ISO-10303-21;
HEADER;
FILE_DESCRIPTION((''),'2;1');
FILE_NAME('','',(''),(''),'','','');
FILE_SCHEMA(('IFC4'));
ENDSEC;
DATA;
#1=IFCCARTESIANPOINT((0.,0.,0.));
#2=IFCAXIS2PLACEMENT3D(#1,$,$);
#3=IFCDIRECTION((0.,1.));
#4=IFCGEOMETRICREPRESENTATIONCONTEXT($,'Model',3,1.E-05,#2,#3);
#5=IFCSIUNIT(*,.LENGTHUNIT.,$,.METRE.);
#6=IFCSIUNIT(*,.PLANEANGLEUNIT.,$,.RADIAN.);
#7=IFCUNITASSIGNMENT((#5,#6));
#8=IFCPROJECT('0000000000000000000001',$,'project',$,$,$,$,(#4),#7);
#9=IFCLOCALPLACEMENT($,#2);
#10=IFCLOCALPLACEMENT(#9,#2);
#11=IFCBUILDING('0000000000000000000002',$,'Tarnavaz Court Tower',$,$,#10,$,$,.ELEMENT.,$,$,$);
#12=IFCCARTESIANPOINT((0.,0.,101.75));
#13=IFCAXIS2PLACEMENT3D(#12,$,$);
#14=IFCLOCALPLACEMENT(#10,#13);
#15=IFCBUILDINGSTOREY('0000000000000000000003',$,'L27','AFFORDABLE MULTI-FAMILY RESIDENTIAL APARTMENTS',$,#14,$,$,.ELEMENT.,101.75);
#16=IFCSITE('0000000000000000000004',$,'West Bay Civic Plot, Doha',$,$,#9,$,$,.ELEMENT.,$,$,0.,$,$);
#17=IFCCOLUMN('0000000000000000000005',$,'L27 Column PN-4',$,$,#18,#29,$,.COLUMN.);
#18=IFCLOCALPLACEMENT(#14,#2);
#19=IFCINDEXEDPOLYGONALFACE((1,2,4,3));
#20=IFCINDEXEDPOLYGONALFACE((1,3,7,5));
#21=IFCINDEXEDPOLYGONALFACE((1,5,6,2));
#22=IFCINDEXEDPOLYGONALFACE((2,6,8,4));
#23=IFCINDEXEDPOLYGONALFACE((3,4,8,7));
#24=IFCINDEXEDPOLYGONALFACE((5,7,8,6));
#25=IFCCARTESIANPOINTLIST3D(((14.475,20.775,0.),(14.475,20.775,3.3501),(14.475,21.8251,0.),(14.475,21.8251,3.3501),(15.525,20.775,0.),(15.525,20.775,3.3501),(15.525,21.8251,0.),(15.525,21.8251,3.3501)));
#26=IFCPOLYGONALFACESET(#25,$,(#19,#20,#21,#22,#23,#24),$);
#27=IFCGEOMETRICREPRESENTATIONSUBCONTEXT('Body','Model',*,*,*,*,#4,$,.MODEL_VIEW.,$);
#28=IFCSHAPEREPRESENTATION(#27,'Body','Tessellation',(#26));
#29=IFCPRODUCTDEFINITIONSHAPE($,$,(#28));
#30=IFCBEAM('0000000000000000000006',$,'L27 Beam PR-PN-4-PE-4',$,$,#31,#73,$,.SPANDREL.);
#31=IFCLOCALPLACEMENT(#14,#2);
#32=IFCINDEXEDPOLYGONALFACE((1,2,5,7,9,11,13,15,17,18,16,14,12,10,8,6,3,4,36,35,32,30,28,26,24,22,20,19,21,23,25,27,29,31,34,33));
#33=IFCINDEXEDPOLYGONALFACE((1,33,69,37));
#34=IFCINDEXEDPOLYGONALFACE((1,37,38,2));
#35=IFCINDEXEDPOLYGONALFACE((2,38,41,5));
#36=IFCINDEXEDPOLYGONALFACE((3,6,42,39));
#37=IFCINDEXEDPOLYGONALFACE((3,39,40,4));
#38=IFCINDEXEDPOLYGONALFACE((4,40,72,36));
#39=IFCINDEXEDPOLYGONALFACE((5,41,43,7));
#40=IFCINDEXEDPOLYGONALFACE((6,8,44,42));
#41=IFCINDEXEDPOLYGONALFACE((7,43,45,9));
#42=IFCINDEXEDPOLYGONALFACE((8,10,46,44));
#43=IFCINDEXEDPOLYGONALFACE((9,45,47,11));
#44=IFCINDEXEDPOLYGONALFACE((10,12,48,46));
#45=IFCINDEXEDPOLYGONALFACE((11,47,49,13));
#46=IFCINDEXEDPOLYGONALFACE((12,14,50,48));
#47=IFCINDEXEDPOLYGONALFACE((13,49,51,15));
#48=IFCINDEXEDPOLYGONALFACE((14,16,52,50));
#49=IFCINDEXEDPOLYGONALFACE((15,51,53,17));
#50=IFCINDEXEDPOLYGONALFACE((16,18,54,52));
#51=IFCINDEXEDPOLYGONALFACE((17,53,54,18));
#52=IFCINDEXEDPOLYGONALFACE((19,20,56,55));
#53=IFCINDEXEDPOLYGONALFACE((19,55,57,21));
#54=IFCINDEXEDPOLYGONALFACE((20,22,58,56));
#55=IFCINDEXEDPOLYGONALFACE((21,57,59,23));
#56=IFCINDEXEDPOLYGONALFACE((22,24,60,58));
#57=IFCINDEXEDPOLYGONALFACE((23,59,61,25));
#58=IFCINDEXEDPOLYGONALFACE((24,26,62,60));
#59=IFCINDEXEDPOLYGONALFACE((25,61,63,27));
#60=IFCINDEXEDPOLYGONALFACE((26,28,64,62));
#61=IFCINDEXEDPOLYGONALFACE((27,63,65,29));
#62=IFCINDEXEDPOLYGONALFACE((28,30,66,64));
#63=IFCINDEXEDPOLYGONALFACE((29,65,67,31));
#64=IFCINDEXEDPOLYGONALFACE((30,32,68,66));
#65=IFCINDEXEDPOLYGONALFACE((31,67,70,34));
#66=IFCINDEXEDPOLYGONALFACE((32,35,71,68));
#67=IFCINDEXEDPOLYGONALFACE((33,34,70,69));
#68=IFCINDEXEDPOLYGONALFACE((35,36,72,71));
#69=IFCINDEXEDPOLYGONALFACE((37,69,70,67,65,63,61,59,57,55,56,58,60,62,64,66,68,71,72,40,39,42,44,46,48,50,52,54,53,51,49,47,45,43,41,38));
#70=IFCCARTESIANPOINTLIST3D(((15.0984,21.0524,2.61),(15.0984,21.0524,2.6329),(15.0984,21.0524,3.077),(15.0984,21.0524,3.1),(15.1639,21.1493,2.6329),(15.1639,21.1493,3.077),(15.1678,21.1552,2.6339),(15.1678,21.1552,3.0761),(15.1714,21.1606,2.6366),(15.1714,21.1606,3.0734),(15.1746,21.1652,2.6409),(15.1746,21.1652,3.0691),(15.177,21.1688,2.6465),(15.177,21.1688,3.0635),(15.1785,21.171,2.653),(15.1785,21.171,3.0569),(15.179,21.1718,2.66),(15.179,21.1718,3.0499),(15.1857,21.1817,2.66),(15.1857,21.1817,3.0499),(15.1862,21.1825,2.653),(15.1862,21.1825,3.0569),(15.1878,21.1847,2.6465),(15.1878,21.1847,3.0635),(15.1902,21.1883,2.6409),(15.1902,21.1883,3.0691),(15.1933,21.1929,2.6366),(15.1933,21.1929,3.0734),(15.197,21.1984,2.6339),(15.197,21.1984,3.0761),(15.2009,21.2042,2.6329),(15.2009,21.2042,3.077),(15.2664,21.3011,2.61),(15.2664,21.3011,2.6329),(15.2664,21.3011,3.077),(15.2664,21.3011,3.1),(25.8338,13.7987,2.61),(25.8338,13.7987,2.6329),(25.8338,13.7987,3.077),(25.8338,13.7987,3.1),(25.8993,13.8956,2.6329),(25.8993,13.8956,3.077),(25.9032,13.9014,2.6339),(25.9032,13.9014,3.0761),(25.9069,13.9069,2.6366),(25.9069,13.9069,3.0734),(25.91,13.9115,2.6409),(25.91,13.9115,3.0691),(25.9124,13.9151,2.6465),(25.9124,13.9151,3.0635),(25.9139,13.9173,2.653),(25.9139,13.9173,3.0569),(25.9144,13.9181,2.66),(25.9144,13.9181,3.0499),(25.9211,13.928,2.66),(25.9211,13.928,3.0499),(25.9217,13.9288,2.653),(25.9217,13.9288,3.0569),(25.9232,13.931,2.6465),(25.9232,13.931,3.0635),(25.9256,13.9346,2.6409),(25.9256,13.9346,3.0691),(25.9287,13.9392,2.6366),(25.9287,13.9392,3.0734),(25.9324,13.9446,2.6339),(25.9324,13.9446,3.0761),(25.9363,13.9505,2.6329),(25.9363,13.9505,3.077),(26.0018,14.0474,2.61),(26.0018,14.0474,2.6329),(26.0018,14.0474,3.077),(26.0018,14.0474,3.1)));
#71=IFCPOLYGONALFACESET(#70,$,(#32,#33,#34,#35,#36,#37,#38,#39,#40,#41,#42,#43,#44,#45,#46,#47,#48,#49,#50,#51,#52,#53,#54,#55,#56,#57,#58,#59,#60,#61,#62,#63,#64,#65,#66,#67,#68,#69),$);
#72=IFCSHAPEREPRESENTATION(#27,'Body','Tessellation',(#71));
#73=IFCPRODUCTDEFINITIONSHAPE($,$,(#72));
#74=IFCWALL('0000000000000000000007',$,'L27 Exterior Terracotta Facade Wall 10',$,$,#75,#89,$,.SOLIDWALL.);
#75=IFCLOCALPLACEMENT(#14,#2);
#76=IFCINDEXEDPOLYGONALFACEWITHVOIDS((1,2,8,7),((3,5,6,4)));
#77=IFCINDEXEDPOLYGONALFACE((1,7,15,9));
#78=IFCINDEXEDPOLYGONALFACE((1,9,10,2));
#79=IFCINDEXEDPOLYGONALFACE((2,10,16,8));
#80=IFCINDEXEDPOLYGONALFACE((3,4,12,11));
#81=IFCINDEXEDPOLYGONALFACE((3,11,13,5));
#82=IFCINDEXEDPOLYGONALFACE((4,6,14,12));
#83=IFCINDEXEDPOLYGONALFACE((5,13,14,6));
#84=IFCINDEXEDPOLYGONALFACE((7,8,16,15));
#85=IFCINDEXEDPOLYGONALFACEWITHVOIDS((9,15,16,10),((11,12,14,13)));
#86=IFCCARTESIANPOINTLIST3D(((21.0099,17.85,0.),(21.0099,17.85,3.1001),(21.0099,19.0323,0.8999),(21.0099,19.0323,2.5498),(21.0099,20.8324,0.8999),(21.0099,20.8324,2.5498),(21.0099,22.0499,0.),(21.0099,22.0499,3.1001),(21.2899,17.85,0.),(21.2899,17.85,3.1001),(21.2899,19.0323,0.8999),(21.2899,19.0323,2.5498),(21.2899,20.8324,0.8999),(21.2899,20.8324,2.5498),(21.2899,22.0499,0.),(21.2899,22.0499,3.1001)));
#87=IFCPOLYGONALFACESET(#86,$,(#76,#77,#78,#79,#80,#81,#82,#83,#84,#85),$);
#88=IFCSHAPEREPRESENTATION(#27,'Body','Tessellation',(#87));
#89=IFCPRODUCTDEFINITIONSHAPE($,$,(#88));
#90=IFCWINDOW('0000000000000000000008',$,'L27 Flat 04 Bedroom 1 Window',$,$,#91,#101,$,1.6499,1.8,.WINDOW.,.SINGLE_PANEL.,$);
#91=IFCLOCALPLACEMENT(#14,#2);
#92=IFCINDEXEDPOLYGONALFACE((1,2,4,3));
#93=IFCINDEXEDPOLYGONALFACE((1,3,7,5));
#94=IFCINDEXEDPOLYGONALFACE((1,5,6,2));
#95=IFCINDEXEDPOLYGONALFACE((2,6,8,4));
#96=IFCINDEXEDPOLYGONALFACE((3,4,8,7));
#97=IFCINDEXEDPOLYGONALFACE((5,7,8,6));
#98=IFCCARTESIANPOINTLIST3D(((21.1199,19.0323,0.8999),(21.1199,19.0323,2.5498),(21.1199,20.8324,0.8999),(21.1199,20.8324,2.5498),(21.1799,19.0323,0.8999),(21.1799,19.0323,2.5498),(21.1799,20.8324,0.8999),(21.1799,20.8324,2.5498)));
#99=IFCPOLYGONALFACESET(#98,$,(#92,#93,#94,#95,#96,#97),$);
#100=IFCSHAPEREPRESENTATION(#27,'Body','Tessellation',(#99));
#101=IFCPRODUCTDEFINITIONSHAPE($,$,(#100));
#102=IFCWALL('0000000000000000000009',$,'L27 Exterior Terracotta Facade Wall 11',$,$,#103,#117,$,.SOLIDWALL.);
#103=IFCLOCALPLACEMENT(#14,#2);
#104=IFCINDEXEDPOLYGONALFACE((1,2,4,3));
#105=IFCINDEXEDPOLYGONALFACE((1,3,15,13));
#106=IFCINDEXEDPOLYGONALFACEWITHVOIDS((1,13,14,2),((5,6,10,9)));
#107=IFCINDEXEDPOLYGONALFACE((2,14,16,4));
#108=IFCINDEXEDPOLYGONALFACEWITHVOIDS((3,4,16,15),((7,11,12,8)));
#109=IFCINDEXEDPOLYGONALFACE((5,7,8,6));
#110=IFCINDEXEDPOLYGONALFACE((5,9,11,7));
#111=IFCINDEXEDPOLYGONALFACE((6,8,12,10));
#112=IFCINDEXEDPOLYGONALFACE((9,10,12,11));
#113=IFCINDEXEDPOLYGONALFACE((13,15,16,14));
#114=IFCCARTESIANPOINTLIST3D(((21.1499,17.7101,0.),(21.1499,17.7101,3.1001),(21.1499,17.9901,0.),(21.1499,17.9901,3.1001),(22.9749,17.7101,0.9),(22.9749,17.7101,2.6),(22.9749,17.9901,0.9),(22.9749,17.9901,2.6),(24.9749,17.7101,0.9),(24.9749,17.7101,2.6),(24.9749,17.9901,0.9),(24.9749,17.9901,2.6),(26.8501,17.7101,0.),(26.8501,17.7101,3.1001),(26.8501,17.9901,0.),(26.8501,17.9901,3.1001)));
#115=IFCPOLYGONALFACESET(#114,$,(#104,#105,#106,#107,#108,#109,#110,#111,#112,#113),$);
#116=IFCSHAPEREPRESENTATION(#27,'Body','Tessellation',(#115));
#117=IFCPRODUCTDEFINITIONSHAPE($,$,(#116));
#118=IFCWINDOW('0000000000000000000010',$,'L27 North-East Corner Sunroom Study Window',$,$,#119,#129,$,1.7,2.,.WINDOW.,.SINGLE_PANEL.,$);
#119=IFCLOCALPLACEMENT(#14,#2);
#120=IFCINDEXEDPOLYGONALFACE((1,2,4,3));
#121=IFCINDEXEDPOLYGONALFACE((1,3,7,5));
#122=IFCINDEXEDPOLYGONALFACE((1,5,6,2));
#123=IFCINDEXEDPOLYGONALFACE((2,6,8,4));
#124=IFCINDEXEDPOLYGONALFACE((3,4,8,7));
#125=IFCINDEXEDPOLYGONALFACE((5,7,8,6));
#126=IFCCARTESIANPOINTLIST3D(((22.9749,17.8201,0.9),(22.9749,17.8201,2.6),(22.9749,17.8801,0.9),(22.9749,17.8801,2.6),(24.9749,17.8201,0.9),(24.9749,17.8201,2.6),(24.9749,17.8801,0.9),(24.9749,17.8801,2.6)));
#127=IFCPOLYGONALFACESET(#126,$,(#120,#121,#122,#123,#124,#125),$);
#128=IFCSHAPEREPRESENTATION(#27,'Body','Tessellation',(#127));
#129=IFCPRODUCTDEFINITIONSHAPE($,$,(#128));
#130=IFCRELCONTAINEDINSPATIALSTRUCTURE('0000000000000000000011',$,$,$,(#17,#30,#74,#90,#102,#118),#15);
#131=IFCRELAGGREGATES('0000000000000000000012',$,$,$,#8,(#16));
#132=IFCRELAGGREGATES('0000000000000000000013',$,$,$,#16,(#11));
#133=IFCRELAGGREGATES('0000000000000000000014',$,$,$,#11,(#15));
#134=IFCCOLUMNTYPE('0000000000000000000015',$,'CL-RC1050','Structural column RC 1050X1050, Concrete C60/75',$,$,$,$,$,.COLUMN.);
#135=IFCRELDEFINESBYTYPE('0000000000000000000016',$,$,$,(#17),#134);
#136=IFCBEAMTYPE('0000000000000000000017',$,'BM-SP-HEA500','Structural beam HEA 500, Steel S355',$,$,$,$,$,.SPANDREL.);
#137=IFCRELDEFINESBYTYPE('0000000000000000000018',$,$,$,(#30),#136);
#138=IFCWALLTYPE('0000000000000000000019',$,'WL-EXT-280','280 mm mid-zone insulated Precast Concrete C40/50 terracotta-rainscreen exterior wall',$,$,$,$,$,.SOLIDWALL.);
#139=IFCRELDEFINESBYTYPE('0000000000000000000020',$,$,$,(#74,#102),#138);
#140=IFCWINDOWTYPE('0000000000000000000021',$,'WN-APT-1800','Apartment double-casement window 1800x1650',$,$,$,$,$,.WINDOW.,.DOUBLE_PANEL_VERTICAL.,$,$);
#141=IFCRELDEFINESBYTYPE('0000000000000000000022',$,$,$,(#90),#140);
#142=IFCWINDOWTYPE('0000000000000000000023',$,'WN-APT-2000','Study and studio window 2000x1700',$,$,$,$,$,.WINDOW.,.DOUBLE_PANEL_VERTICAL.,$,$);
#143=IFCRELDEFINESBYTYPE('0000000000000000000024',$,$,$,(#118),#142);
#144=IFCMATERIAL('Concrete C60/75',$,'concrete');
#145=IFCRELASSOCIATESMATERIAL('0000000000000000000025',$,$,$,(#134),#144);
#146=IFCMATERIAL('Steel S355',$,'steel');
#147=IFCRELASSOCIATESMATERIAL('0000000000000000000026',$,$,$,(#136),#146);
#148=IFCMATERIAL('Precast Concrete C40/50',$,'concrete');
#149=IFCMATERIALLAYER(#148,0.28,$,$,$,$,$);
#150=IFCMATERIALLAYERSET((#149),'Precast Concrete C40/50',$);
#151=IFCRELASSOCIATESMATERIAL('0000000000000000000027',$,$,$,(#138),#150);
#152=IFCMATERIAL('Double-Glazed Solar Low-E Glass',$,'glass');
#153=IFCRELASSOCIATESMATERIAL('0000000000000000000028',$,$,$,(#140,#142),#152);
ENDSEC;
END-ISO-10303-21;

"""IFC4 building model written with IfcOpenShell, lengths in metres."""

from ifc_helpers import new_model, si_unit, direction, frame, frame_2d, origin, origin_2d, place, context, subcontext, project, spatial, rectangle, i_section, extrude, material, layer, layer_set, material_profile, profile_set, type_object, element, fill, save


model = new_model("IFC4")

# Units and contexts
model_context = context("Model", 3, precision=1e-05, world=origin(), true_north=direction((0.0, 1.0)))
body_context = subcontext(model_context, "Body", "Model", "MODEL_VIEW")
ifc_project = project(units=[si_unit("LENGTHUNIT", "METRE"), si_unit("PLANEANGLEUNIT", "RADIAN")], contexts=[model_context])

# Site, building, storey
site_placement = place(None, origin())
site = spatial("IfcSite", under=ifc_project, at=site_placement, Name="West Bay Civic Plot, Doha", CompositionType="ELEMENT", RefElevation=0.0)
building_placement = place(site_placement, origin())
building = spatial("IfcBuilding", under=site, at=building_placement, Name="Tarnavaz Court Tower", CompositionType="ELEMENT")
storey_placement = place(building_placement, frame((0.0, 0.0, 101.75)))
storey = spatial("IfcBuildingStorey", under=building, at=storey_placement, Name="L27", Description="AFFORDABLE MULTI-FAMILY RESIDENTIAL APARTMENTS", CompositionType="ELEMENT", Elevation=101.75)

# Column
ifc_material_1 = material(Name="Concrete C60/75", Category="concrete")
ifc_material_profile_1 = material_profile(ifc_material_1, rectangle(XDim=1.05, YDim=1.05, at=origin_2d()), Name="RC 1050X1050")
ifc_profile_set_1 = profile_set([ifc_material_profile_1], Name="Concrete C60/75")
column_type = type_object("IfcColumnType", Name="CL-RC1050", Description="Structural column RC 1050X1050, Concrete C60/75", PredefinedType="COLUMN", material=ifc_profile_set_1)
column_placement = place(storey_placement, frame((15.0, 21.3, 0.0), z_axis=(0.0, 0.0, 1.0), x_axis=(1.0, 0.0, 0.0)))
element("IfcColumn", 1, at=column_placement, inside=storey, type_object=column_type, Name="L27 Column PN-4", PredefinedType="COLUMN", context=body_context, shape_type="SweptSolid", body=[
    extrude(rectangle(XDim=1.05, YDim=1.05, at=origin_2d()), origin(), (0.0, 0.0, 1.0), 3.3501),
])

# Beam
ifc_material_2 = material(Name="Steel S355", Category="steel")
ifc_material_profile_2 = material_profile(ifc_material_2, i_section(OverallWidth=0.3, OverallDepth=0.49, WebThickness=0.012, FlangeThickness=0.0229, FilletRadius=0.0271, at=origin_2d()), Name="HEA 500")
ifc_profile_set_2 = profile_set([ifc_material_profile_2], Name="Steel S355")
beam_type = type_object("IfcBeamType", Name="BM-SP-HEA500", Description="Structural beam HEA 500, Steel S355", PredefinedType="SPANDREL", material=ifc_profile_set_2)
beam_placement = place(storey_placement, frame((15.1824, 21.1768, 2.855), z_axis=(0.828587, -0.55986, 0.0), x_axis=(0.55986, 0.828587, 0.0)))
element("IfcBeam", 2, at=beam_placement, inside=storey, type_object=beam_type, Name="L27 Beam PR-PN-4-PE-4", PredefinedType="SPANDREL", context=body_context, shape_type="SweptSolid", body=[
    extrude(i_section(OverallWidth=0.3, OverallDepth=0.49, WebThickness=0.012, FlangeThickness=0.0229, FilletRadius=0.0271, at=origin_2d()), origin(), (0.0, 0.0, 1.0), 12.9563),
])

# Walls, openings, windows
ifc_material_3 = material(Name="Precast Concrete C40/50", Category="concrete")
ifc_layer = layer(ifc_material_3, 0.28)
ifc_layer_set = layer_set([ifc_layer], Name="Precast Concrete C40/50")
wall_type = type_object("IfcWallType", Name="WL-EXT-280", Description="280 mm mid-zone insulated Precast Concrete C40/50 terracotta-rainscreen exterior wall", PredefinedType="SOLIDWALL", material=ifc_layer_set)
wall_1_placement = place(storey_placement, frame((21.1499, 22.05, 0.0), z_axis=(0.0, 0.0, 1.0), x_axis=(0.0, -1.0, 0.0)))
wall_1 = element("IfcWall", 3, at=wall_1_placement, inside=storey, type_object=wall_type, Name="L27 Exterior Terracotta Facade Wall 10", PredefinedType="SOLIDWALL", context=body_context, shape_type="SweptSolid", body=[
    extrude(rectangle(XDim=4.2, YDim=0.28, at=frame_2d((2.1001, 0.0))), origin(), (0.0, 0.0, 1.0), 3.1001),
])
opening_1_placement = place(wall_1_placement, frame((1.2178, 0.0, 0.8999)))
opening_1 = element("IfcOpeningElement", 4, at=opening_1_placement, cuts=wall_1, PredefinedType="OPENING", context=body_context, shape_type="SweptSolid", body=[
    extrude(rectangle(XDim=1.8, YDim=1.6499, at=frame_2d((0.8999, 0.825))), frame((0.0, 0.1499, 0.0), z_axis=(0.0, -1.0, 0.0), x_axis=(1.0, 0.0, 0.0)), (0.0, 0.0, 1.0), 0.3),
])
ifc_material_4 = material(Name="Double-Glazed Solar Low-E Glass", Category="glass")
window_type_1 = type_object("IfcWindowType", Name="WN-APT-1800", Description="Apartment double-casement window 1800x1650", PartitioningType="DOUBLE_PANEL_VERTICAL", PredefinedType="WINDOW", material=ifc_material_4)
window_1_placement = place(opening_1_placement, origin())
window_1 = element("IfcWindow", 5, at=window_1_placement, inside=storey, type_object=window_type_1, Name="L27 Flat 04 Bedroom 1 Window", OverallHeight=1.6499, OverallWidth=1.8, PartitioningType="SINGLE_PANEL", PredefinedType="WINDOW", context=body_context, shape_type="SweptSolid", body=[
    extrude(rectangle(XDim=1.8, YDim=1.6499, at=frame_2d((0.8999, 0.825))), frame((0.0, 0.03, 0.0), z_axis=(0.0, -1.0, 0.0), x_axis=(1.0, 0.0, 0.0)), (0.0, 0.0, 1.0), 0.0601),
])
fill(opening_1, window_1)
wall_2_placement = place(storey_placement, frame((21.1499, 17.8501, 0.0), z_axis=(0.0, 0.0, 1.0), x_axis=(1.0, 0.0, 0.0)))
wall_2 = element("IfcWall", 6, at=wall_2_placement, inside=storey, type_object=wall_type, Name="L27 Exterior Terracotta Facade Wall 11", PredefinedType="SOLIDWALL", context=body_context, shape_type="SweptSolid", body=[
    extrude(rectangle(XDim=5.7002, YDim=0.28, at=frame_2d((2.8501, 0.0))), origin(), (0.0, 0.0, 1.0), 3.1001),
])
opening_2_placement = place(wall_2_placement, frame((1.825, 0.0, 0.8999)))
opening_2 = element("IfcOpeningElement", 7, at=opening_2_placement, cuts=wall_2, PredefinedType="OPENING", context=body_context, shape_type="SweptSolid", body=[
    extrude(rectangle(XDim=2.0, YDim=1.7, at=frame_2d((1.0, 0.8501))), frame((0.0, 0.1499, 0.0), z_axis=(0.0, -1.0, 0.0), x_axis=(1.0, 0.0, 0.0)), (0.0, 0.0, 1.0), 0.3),
])
window_type_2 = type_object("IfcWindowType", Name="WN-APT-2000", Description="Study and studio window 2000x1700", PartitioningType="DOUBLE_PANEL_VERTICAL", PredefinedType="WINDOW", material=ifc_material_4)
window_2_placement = place(opening_2_placement, origin())
window_2 = element("IfcWindow", 8, at=window_2_placement, inside=storey, type_object=window_type_2, Name="L27 North-East Corner Sunroom Study Window", OverallHeight=1.7, OverallWidth=2.0, PartitioningType="SINGLE_PANEL", PredefinedType="WINDOW", context=body_context, shape_type="SweptSolid", body=[
    extrude(rectangle(XDim=2.0, YDim=1.7, at=frame_2d((1.0, 0.8501))), frame((0.0, 0.03, 0.0), z_axis=(0.0, -1.0, 0.0), x_axis=(1.0, 0.0, 0.0)), (0.0, 0.0, 1.0), 0.0601),
])
fill(opening_2, window_2)

save(model, "model.ifc")
